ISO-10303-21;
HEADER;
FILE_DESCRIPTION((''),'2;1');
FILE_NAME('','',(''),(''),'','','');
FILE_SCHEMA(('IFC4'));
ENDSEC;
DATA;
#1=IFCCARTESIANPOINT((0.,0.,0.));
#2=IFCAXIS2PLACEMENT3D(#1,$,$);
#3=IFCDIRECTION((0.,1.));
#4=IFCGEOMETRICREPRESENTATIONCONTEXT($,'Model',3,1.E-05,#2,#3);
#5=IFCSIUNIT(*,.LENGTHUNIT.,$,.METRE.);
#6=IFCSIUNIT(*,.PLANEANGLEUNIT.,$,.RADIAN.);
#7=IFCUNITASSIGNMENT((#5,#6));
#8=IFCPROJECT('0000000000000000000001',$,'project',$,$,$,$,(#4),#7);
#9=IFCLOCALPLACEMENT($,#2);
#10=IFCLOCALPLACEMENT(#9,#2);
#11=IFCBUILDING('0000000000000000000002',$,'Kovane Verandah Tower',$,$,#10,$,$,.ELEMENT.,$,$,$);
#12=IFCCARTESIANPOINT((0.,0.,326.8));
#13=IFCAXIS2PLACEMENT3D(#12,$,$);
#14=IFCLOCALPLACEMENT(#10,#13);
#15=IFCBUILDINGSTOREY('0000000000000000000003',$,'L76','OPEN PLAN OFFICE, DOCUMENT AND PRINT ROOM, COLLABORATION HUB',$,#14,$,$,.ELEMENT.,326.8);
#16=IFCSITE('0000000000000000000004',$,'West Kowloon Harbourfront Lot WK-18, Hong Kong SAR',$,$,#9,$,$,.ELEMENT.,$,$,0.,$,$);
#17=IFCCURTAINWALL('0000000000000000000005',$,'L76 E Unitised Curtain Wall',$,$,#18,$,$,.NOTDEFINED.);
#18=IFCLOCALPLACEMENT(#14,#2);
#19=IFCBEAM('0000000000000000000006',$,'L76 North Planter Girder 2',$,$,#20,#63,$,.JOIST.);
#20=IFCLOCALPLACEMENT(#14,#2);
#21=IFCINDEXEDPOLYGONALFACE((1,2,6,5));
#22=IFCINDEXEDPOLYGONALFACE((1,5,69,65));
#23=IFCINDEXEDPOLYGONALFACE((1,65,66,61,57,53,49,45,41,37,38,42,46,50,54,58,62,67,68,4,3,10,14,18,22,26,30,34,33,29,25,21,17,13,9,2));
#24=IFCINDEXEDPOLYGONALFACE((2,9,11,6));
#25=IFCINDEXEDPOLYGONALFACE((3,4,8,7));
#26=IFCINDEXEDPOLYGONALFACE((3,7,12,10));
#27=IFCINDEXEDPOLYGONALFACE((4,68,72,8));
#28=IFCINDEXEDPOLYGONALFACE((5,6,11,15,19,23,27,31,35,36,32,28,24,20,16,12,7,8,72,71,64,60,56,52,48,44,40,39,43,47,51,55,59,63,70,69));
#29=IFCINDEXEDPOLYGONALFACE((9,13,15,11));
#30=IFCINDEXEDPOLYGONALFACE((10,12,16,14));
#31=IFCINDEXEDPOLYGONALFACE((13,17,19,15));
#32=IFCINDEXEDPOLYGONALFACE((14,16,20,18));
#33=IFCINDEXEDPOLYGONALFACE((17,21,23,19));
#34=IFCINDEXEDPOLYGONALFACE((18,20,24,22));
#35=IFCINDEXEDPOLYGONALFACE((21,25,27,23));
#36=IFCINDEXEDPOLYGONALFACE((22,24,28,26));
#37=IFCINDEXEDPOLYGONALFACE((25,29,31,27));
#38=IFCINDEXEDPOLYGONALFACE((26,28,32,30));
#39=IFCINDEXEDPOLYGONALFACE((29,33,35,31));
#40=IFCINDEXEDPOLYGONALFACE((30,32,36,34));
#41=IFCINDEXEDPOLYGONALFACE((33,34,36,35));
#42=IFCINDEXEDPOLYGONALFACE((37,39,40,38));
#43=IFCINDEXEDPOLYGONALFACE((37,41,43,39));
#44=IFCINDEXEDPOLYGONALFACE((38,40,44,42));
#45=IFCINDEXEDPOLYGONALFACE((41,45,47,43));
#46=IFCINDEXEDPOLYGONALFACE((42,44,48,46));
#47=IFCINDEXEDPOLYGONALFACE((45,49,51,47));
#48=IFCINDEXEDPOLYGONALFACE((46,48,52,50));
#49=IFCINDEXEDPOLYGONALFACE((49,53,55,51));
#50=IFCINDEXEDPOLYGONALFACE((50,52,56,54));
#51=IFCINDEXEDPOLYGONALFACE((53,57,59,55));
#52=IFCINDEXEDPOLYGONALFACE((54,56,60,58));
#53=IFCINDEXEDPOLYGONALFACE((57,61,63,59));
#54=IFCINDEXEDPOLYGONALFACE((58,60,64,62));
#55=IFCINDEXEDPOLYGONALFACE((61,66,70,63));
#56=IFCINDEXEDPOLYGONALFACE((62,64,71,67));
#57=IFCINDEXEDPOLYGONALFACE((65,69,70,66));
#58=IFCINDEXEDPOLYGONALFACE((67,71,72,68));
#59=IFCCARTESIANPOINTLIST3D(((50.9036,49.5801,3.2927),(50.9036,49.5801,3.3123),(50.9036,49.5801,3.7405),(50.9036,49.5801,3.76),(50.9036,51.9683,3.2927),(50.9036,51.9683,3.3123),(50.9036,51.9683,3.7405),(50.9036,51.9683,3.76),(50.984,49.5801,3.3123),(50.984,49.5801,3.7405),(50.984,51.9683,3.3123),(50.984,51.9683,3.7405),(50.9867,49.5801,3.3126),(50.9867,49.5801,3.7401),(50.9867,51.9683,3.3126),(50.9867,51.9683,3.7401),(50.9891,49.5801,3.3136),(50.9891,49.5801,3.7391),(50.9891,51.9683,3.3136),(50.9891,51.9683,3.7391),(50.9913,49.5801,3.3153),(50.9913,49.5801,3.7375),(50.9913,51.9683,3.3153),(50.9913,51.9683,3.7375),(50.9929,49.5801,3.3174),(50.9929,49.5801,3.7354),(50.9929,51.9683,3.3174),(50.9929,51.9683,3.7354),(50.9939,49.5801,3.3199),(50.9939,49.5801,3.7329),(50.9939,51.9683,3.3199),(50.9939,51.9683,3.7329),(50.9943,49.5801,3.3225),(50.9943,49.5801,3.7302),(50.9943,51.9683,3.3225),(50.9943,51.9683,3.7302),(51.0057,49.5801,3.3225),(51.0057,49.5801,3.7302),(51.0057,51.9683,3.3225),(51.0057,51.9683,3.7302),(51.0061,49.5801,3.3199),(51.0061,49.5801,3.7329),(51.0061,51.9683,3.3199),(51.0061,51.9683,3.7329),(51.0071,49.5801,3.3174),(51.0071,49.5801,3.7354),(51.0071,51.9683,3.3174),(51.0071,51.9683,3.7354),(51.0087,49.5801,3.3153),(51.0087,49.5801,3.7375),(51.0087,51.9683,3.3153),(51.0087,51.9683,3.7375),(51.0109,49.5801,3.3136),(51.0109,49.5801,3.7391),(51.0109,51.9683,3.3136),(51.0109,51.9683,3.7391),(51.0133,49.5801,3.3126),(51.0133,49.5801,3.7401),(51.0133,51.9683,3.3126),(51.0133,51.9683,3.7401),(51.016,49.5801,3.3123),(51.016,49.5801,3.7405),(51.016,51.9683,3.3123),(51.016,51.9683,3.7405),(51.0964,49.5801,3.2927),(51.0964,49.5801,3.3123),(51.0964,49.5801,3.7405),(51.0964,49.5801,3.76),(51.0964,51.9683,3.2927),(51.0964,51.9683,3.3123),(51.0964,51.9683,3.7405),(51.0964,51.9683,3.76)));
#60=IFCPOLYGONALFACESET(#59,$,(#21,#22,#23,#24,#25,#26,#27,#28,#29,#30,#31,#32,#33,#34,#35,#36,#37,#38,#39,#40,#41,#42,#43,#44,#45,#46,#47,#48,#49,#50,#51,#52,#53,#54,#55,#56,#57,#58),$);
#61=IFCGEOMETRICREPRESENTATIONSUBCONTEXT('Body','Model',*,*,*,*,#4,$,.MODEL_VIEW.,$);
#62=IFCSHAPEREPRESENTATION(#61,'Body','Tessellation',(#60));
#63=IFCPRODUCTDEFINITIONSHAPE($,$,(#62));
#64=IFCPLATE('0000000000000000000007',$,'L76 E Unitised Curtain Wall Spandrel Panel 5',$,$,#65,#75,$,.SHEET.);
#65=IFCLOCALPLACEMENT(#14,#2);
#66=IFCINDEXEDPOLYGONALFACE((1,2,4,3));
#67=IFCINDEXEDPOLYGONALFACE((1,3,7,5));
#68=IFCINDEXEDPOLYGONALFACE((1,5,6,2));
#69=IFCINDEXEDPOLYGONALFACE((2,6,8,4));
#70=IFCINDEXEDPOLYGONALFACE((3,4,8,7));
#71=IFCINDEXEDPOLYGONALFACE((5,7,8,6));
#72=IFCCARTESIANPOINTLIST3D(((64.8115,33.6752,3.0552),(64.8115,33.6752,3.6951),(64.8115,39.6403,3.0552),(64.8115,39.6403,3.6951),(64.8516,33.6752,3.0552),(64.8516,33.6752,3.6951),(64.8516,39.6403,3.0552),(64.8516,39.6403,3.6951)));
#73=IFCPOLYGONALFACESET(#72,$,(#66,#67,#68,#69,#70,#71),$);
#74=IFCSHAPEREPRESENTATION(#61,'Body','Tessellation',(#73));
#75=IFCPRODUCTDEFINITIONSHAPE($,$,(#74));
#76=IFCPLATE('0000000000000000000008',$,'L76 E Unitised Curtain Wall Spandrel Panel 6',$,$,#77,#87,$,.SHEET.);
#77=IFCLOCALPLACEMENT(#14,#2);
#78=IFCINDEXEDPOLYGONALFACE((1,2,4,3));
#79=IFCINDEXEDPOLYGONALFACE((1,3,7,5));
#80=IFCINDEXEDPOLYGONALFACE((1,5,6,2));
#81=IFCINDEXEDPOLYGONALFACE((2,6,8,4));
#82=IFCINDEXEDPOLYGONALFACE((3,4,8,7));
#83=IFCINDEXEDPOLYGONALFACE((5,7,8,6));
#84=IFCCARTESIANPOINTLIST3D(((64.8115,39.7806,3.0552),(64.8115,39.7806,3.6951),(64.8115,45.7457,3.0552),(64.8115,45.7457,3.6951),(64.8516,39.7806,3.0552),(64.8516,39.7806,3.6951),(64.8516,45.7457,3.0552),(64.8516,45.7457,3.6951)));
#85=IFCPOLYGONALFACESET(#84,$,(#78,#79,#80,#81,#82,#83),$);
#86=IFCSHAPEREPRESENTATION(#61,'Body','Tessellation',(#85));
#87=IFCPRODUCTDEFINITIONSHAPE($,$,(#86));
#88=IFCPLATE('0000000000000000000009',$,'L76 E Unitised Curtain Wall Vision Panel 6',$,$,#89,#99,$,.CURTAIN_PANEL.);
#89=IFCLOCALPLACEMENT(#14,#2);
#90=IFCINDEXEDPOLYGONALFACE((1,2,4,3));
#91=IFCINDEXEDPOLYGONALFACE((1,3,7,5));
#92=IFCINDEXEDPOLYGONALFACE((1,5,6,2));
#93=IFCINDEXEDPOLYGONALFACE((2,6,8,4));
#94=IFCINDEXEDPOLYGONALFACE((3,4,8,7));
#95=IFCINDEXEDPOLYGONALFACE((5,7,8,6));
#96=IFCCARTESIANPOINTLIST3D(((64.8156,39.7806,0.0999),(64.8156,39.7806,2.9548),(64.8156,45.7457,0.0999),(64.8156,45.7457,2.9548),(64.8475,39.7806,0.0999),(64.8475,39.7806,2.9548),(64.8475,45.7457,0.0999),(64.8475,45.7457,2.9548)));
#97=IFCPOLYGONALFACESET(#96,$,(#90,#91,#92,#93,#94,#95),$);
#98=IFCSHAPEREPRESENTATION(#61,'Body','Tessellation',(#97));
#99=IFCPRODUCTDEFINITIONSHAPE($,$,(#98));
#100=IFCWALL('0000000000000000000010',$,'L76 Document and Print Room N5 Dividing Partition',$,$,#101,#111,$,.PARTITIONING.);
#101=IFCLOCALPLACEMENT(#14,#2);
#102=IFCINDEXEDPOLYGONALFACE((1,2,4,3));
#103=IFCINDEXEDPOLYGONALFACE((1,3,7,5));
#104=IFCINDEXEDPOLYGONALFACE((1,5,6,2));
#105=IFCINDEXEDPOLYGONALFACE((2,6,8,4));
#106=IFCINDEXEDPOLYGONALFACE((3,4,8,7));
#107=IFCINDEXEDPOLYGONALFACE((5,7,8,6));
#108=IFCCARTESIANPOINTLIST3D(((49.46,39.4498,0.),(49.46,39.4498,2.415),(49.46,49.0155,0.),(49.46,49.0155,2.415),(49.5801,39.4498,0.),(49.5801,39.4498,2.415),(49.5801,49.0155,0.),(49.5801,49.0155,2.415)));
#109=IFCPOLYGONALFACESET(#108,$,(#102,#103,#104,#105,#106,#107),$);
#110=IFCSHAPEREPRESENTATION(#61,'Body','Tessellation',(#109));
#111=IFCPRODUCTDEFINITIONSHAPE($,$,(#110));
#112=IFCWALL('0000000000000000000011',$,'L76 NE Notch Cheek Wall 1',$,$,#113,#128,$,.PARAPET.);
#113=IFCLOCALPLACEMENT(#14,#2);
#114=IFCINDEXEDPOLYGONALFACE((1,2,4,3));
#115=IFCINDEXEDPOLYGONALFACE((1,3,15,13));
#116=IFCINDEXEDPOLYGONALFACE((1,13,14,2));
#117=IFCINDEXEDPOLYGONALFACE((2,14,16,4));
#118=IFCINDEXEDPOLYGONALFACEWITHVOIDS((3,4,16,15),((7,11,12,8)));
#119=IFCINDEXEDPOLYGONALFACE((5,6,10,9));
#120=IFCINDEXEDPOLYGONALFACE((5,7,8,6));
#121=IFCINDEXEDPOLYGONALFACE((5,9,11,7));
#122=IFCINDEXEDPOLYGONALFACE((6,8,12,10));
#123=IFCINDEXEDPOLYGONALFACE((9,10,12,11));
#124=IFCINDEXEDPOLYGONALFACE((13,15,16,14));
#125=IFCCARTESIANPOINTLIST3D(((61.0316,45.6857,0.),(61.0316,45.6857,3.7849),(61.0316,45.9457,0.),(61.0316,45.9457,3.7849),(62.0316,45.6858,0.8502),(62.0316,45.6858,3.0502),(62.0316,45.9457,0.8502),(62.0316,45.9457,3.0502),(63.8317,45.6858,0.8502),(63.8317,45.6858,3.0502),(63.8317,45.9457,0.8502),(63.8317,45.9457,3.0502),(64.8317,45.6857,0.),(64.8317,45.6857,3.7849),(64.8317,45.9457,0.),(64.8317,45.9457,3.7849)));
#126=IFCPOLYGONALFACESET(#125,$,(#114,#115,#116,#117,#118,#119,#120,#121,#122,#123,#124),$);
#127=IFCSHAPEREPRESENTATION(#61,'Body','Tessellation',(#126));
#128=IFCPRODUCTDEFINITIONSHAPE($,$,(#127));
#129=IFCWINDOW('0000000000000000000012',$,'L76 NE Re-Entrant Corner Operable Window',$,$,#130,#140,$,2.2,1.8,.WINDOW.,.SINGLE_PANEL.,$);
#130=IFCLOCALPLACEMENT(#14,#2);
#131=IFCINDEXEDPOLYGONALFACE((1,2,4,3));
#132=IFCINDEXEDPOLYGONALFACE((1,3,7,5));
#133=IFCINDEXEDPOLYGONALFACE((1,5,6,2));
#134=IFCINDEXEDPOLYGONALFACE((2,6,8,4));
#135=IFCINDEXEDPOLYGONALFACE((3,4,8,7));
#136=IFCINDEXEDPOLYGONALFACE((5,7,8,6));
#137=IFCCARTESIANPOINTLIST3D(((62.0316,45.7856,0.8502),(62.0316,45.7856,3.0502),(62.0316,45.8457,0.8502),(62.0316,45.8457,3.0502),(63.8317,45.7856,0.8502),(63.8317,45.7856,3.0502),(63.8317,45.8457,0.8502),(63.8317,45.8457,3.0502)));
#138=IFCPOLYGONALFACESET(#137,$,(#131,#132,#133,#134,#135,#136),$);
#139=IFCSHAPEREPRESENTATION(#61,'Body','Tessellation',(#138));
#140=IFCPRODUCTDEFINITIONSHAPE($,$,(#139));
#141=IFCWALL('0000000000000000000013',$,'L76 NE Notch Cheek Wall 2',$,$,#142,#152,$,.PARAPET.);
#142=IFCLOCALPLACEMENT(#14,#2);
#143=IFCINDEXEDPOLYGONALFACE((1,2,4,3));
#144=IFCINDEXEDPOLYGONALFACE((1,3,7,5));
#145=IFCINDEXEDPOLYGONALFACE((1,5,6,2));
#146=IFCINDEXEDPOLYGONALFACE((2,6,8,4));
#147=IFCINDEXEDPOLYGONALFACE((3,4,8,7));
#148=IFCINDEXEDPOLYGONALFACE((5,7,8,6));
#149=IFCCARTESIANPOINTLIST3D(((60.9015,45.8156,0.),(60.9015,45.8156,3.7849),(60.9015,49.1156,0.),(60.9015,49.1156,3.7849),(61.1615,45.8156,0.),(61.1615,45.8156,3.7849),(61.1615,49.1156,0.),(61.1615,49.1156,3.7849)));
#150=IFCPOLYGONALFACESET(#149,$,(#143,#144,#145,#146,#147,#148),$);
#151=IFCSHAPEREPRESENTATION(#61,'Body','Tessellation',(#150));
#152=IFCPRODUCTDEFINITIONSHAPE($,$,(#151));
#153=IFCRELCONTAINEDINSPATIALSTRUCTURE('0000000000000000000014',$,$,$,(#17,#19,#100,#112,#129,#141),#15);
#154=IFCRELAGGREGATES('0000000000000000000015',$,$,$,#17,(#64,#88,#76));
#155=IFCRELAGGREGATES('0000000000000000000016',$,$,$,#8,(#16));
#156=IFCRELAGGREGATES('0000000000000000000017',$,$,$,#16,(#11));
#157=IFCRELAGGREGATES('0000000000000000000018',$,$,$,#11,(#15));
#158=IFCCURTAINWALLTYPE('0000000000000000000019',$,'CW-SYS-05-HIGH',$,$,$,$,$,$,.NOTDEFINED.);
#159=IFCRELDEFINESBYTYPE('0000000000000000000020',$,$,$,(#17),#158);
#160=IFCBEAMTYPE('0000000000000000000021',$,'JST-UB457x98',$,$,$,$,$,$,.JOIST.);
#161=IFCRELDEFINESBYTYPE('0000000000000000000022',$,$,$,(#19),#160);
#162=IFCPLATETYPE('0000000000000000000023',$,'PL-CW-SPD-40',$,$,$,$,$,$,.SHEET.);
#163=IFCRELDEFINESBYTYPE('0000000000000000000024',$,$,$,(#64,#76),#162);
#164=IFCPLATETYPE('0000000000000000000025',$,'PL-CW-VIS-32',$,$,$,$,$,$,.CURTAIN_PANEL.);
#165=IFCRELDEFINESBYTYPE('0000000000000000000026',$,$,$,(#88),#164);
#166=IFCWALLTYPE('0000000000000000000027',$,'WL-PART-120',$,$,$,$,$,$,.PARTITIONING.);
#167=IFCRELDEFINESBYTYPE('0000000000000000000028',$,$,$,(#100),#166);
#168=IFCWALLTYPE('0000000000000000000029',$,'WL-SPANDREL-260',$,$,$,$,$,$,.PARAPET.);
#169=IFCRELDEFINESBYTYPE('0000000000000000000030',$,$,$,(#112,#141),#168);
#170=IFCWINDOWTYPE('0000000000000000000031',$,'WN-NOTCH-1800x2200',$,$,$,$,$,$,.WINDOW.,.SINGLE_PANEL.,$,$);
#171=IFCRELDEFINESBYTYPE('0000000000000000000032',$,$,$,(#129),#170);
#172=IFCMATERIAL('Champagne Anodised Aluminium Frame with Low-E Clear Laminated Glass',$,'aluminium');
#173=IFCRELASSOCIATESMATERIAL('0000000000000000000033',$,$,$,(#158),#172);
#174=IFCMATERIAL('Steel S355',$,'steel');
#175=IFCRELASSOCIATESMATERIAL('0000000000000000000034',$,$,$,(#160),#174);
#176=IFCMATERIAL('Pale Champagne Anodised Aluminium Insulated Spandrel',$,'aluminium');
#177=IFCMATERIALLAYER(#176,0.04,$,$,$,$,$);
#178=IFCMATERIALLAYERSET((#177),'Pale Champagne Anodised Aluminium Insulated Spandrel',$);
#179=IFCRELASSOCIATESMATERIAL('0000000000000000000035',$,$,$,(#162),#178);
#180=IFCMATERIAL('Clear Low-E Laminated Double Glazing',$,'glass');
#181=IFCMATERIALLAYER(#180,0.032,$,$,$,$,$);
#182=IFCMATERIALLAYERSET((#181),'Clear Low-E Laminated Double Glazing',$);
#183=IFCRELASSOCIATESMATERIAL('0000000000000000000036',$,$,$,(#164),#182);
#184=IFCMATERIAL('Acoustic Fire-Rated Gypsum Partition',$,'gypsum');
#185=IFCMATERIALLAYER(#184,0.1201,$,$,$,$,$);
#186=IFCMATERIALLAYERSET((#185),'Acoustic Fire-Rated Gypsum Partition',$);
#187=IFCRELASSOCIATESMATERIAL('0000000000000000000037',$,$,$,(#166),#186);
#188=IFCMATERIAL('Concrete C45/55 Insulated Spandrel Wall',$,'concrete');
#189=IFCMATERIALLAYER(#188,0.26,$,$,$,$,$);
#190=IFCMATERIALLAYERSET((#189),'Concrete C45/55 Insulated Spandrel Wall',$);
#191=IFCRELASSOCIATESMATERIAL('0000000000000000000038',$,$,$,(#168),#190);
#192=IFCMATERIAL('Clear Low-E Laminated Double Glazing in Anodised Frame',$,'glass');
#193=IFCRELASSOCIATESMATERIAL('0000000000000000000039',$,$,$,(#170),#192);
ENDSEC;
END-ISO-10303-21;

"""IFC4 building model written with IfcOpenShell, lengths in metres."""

from ifc_helpers import new_model, si_unit, direction, frame, frame_2d, origin, origin_2d, place, context, subcontext, project, spatial, rectangle, i_section, extrude, material, layer, layer_set, material_profile, profile_set, type_object, element, fill, aggregate, save


model = new_model("IFC4")

# Units and contexts
model_context = context("Model", 3, precision=1e-05, world=origin(), true_north=direction((0.0, 1.0)))
body_context = subcontext(model_context, "Body", "Model", "MODEL_VIEW")
ifc_project = project(units=[si_unit("LENGTHUNIT", "METRE"), si_unit("PLANEANGLEUNIT", "RADIAN")], contexts=[model_context])

# Site, building, storey
site_placement = place(None, origin())
site = spatial("IfcSite", under=ifc_project, at=site_placement, Name="West Kowloon Harbourfront Lot WK-18, Hong Kong SAR", CompositionType="ELEMENT", RefElevation=0.0)
building_placement = place(site_placement, origin())
building = spatial("IfcBuilding", under=site, at=building_placement, Name="Kovane Verandah Tower", CompositionType="ELEMENT")
storey_placement = place(building_placement, frame((0.0, 0.0, 326.8)))
storey = spatial("IfcBuildingStorey", under=building, at=storey_placement, Name="L76", Description="OPEN PLAN OFFICE, DOCUMENT AND PRINT ROOM, COLLABORATION HUB", CompositionType="ELEMENT", Elevation=326.8)

# Shared definitions
ifc_material_1 = material(Name="Steel S355", Category="steel")

# Curtain wall
ifc_material_2 = material(Name="Champagne Anodised Aluminium Frame with Low-E Clear Laminated Glass", Category="aluminium")
curtain_wall_type = type_object("IfcCurtainWallType", Name="CW-SYS-05-HIGH", PredefinedType="NOTDEFINED", material=ifc_material_2)
curtain_wall_placement = place(storey_placement, origin())
curtain_wall = element("IfcCurtainWall", 1, at=curtain_wall_placement, inside=storey, type_object=curtain_wall_type, Name="L76 E Unitised Curtain Wall", PredefinedType="NOTDEFINED")

# Beam
ifc_material_profile_1 = material_profile(ifc_material_1, i_section(OverallWidth=0.1929, OverallDepth=0.4673, WebThickness=0.0115, FlangeThickness=0.0195, FilletRadius=0.0103, at=origin_2d()), Name="UB457x191x98")
ifc_profile_set_1 = profile_set([ifc_material_profile_1], Name="Steel S355")
beam_type_1 = type_object("IfcBeamType", Name="JST-UB457x98", PredefinedType="JOIST", material=ifc_profile_set_1)
beam_1_placement = place(storey_placement, frame((51.0, 49.5801, 3.5264), z_axis=(0.0, 1.0, 0.0), x_axis=(-1.0, 0.0, 0.0)))
element("IfcBeam", 2, at=beam_1_placement, inside=storey, type_object=beam_type_1, Name="L76 North Planter Girder 2", PredefinedType="JOIST", context=body_context, shape_type="SweptSolid", body=[
    extrude(i_section(OverallWidth=0.1929, OverallDepth=0.4673, WebThickness=0.0115, FlangeThickness=0.0195, FilletRadius=0.0103, at=origin_2d()), origin(), (0.0, 0.0, 1.0), 2.3882),
])

# Plates
ifc_material_3 = material(Name="Pale Champagne Anodised Aluminium Insulated Spandrel", Category="aluminium")
ifc_layer_1 = layer(ifc_material_3, 0.04)
ifc_layer_set_1 = layer_set([ifc_layer_1], Name="Pale Champagne Anodised Aluminium Insulated Spandrel")
plate_type_1 = type_object("IfcPlateType", Name="PL-CW-SPD-40", PredefinedType="SHEET", material=ifc_layer_set_1)
plate_1_placement = place(storey_placement, frame((64.8315, 36.6577, 3.0552), z_axis=(0.0, 0.0, 1.0), x_axis=(0.0, 1.0, 0.0)))
plate_1 = element("IfcPlate", 3, at=plate_1_placement, type_object=plate_type_1, Name="L76 E Unitised Curtain Wall Spandrel Panel 5", PredefinedType="SHEET", context=body_context, shape_type="SweptSolid", body=[
    extrude(rectangle(XDim=5.9651, YDim=0.04, at=origin_2d()), origin(), (0.0, 0.0, 1.0), 0.6399),
])
plate_2_placement = place(storey_placement, frame((64.8315, 42.7632, 3.0552), z_axis=(0.0, 0.0, 1.0), x_axis=(0.0, 1.0, 0.0)))
plate_2 = element("IfcPlate", 4, at=plate_2_placement, type_object=plate_type_1, Name="L76 E Unitised Curtain Wall Spandrel Panel 6", PredefinedType="SHEET", context=body_context, shape_type="SweptSolid", body=[
    extrude(rectangle(XDim=5.9651, YDim=0.04, at=origin_2d()), origin(), (0.0, 0.0, 1.0), 0.6399),
])
ifc_material_4 = material(Name="Clear Low-E Laminated Double Glazing", Category="glass")
ifc_layer_2 = layer(ifc_material_4, 0.032)
ifc_layer_set_2 = layer_set([ifc_layer_2], Name="Clear Low-E Laminated Double Glazing")
plate_type_2 = type_object("IfcPlateType", Name="PL-CW-VIS-32", PredefinedType="CURTAIN_PANEL", material=ifc_layer_set_2)
plate_3_placement = place(storey_placement, frame((64.8315, 42.7632, 0.0999), z_axis=(0.0, 0.0, 1.0), x_axis=(0.0, 1.0, 0.0)))
plate_3 = element("IfcPlate", 5, at=plate_3_placement, type_object=plate_type_2, Name="L76 E Unitised Curtain Wall Vision Panel 6", PredefinedType="CURTAIN_PANEL", context=body_context, shape_type="SweptSolid", body=[
    extrude(rectangle(XDim=5.9651, YDim=0.032, at=origin_2d()), origin(), (0.0, 0.0, 1.0), 2.855),
])
aggregate(curtain_wall, [plate_1, plate_3, plate_2])

# Wall
ifc_material_5 = material(Name="Acoustic Fire-Rated Gypsum Partition", Category="gypsum")
ifc_layer_3 = layer(ifc_material_5, 0.1201)
ifc_layer_set_3 = layer_set([ifc_layer_3], Name="Acoustic Fire-Rated Gypsum Partition")
wall_type_1 = type_object("IfcWallType", Name="WL-PART-120", PredefinedType="PARTITIONING", material=ifc_layer_set_3)
wall_1_placement = place(storey_placement, frame((49.52, 39.45, 0.0), z_axis=(0.0, 0.0, 1.0), x_axis=(0.0, 1.0, 0.0)))
element("IfcWall", 6, at=wall_1_placement, inside=storey, type_object=wall_type_1, Name="L76 Document and Print Room N5 Dividing Partition", PredefinedType="PARTITIONING", context=body_context, shape_type="SweptSolid", body=[
    extrude(rectangle(XDim=9.5657, YDim=0.1201, at=frame_2d((4.7827, 0.0))), origin(), (0.0, 0.0, 1.0), 2.415),
])

# Shared definitions
ifc_material_6 = material(Name="Concrete C45/55 Insulated Spandrel Wall", Category="concrete")
ifc_layer_4 = layer(ifc_material_6, 0.26)
ifc_layer_set_4 = layer_set([ifc_layer_4], Name="Concrete C45/55 Insulated Spandrel Wall")
wall_type_2 = type_object("IfcWallType", Name="WL-SPANDREL-260", PredefinedType="PARAPET", material=ifc_layer_set_4)
ifc_material_7 = material(Name="Clear Low-E Laminated Double Glazing in Anodised Frame", Category="glass")

# Wall, opening, window
wall_2_placement = place(storey_placement, frame((64.8315, 45.8157, 0.0), z_axis=(0.0, 0.0, 1.0), x_axis=(-1.0, 0.0, 0.0)))
wall_2 = element("IfcWall", 7, at=wall_2_placement, inside=storey, type_object=wall_type_2, Name="L76 NE Notch Cheek Wall 1", PredefinedType="PARAPET", context=body_context, shape_type="SweptSolid", body=[
    extrude(rectangle(XDim=3.8, YDim=0.26, at=frame_2d((1.8999, 0.0))), origin(), (0.0, 0.0, 1.0), 3.7849),
])
opening_1_placement = place(wall_2_placement, frame((1.0, 0.0, 0.8501)))
opening_1 = element("IfcOpeningElement", 8, at=opening_1_placement, cuts=wall_2, PredefinedType="OPENING", context=body_context, shape_type="SweptSolid", body=[
    extrude(rectangle(XDim=1.8, YDim=2.2, at=frame_2d((0.8999, 1.1001))), frame((0.0, 0.1299, 0.0), z_axis=(0.0, -1.0, 0.0), x_axis=(1.0, 0.0, 0.0)), (0.0, 0.0, 1.0), 0.26),
])
window_type_1 = type_object("IfcWindowType", Name="WN-NOTCH-1800x2200", PartitioningType="SINGLE_PANEL", PredefinedType="WINDOW", material=ifc_material_7)
window_1_placement = place(opening_1_placement, origin())
window_1 = element("IfcWindow", 9, at=window_1_placement, inside=storey, type_object=window_type_1, Name="L76 NE Re-Entrant Corner Operable Window", OverallHeight=2.2, OverallWidth=1.8, PartitioningType="SINGLE_PANEL", PredefinedType="WINDOW", context=body_context, shape_type="SweptSolid", body=[
    extrude(rectangle(XDim=1.8, YDim=2.2, at=frame_2d((0.8999, 1.1001))), frame((0.0, 0.03, 0.0), z_axis=(0.0, -1.0, 0.0), x_axis=(1.0, 0.0, 0.0)), (0.0, 0.0, 1.0), 0.0601),
])
fill(opening_1, window_1)

# Wall
wall_3_placement = place(storey_placement, frame((61.0315, 45.8157, 0.0), z_axis=(0.0, 0.0, 1.0), x_axis=(0.0, 1.0, 0.0)))
element("IfcWall", 10, at=wall_3_placement, inside=storey, type_object=wall_type_2, Name="L76 NE Notch Cheek Wall 2", PredefinedType="PARAPET", context=body_context, shape_type="SweptSolid", body=[
    extrude(rectangle(XDim=3.3, YDim=0.26, at=frame_2d((1.6499, 0.0))), origin(), (0.0, 0.0, 1.0), 3.7849),
])

save(model, "model.ifc")
